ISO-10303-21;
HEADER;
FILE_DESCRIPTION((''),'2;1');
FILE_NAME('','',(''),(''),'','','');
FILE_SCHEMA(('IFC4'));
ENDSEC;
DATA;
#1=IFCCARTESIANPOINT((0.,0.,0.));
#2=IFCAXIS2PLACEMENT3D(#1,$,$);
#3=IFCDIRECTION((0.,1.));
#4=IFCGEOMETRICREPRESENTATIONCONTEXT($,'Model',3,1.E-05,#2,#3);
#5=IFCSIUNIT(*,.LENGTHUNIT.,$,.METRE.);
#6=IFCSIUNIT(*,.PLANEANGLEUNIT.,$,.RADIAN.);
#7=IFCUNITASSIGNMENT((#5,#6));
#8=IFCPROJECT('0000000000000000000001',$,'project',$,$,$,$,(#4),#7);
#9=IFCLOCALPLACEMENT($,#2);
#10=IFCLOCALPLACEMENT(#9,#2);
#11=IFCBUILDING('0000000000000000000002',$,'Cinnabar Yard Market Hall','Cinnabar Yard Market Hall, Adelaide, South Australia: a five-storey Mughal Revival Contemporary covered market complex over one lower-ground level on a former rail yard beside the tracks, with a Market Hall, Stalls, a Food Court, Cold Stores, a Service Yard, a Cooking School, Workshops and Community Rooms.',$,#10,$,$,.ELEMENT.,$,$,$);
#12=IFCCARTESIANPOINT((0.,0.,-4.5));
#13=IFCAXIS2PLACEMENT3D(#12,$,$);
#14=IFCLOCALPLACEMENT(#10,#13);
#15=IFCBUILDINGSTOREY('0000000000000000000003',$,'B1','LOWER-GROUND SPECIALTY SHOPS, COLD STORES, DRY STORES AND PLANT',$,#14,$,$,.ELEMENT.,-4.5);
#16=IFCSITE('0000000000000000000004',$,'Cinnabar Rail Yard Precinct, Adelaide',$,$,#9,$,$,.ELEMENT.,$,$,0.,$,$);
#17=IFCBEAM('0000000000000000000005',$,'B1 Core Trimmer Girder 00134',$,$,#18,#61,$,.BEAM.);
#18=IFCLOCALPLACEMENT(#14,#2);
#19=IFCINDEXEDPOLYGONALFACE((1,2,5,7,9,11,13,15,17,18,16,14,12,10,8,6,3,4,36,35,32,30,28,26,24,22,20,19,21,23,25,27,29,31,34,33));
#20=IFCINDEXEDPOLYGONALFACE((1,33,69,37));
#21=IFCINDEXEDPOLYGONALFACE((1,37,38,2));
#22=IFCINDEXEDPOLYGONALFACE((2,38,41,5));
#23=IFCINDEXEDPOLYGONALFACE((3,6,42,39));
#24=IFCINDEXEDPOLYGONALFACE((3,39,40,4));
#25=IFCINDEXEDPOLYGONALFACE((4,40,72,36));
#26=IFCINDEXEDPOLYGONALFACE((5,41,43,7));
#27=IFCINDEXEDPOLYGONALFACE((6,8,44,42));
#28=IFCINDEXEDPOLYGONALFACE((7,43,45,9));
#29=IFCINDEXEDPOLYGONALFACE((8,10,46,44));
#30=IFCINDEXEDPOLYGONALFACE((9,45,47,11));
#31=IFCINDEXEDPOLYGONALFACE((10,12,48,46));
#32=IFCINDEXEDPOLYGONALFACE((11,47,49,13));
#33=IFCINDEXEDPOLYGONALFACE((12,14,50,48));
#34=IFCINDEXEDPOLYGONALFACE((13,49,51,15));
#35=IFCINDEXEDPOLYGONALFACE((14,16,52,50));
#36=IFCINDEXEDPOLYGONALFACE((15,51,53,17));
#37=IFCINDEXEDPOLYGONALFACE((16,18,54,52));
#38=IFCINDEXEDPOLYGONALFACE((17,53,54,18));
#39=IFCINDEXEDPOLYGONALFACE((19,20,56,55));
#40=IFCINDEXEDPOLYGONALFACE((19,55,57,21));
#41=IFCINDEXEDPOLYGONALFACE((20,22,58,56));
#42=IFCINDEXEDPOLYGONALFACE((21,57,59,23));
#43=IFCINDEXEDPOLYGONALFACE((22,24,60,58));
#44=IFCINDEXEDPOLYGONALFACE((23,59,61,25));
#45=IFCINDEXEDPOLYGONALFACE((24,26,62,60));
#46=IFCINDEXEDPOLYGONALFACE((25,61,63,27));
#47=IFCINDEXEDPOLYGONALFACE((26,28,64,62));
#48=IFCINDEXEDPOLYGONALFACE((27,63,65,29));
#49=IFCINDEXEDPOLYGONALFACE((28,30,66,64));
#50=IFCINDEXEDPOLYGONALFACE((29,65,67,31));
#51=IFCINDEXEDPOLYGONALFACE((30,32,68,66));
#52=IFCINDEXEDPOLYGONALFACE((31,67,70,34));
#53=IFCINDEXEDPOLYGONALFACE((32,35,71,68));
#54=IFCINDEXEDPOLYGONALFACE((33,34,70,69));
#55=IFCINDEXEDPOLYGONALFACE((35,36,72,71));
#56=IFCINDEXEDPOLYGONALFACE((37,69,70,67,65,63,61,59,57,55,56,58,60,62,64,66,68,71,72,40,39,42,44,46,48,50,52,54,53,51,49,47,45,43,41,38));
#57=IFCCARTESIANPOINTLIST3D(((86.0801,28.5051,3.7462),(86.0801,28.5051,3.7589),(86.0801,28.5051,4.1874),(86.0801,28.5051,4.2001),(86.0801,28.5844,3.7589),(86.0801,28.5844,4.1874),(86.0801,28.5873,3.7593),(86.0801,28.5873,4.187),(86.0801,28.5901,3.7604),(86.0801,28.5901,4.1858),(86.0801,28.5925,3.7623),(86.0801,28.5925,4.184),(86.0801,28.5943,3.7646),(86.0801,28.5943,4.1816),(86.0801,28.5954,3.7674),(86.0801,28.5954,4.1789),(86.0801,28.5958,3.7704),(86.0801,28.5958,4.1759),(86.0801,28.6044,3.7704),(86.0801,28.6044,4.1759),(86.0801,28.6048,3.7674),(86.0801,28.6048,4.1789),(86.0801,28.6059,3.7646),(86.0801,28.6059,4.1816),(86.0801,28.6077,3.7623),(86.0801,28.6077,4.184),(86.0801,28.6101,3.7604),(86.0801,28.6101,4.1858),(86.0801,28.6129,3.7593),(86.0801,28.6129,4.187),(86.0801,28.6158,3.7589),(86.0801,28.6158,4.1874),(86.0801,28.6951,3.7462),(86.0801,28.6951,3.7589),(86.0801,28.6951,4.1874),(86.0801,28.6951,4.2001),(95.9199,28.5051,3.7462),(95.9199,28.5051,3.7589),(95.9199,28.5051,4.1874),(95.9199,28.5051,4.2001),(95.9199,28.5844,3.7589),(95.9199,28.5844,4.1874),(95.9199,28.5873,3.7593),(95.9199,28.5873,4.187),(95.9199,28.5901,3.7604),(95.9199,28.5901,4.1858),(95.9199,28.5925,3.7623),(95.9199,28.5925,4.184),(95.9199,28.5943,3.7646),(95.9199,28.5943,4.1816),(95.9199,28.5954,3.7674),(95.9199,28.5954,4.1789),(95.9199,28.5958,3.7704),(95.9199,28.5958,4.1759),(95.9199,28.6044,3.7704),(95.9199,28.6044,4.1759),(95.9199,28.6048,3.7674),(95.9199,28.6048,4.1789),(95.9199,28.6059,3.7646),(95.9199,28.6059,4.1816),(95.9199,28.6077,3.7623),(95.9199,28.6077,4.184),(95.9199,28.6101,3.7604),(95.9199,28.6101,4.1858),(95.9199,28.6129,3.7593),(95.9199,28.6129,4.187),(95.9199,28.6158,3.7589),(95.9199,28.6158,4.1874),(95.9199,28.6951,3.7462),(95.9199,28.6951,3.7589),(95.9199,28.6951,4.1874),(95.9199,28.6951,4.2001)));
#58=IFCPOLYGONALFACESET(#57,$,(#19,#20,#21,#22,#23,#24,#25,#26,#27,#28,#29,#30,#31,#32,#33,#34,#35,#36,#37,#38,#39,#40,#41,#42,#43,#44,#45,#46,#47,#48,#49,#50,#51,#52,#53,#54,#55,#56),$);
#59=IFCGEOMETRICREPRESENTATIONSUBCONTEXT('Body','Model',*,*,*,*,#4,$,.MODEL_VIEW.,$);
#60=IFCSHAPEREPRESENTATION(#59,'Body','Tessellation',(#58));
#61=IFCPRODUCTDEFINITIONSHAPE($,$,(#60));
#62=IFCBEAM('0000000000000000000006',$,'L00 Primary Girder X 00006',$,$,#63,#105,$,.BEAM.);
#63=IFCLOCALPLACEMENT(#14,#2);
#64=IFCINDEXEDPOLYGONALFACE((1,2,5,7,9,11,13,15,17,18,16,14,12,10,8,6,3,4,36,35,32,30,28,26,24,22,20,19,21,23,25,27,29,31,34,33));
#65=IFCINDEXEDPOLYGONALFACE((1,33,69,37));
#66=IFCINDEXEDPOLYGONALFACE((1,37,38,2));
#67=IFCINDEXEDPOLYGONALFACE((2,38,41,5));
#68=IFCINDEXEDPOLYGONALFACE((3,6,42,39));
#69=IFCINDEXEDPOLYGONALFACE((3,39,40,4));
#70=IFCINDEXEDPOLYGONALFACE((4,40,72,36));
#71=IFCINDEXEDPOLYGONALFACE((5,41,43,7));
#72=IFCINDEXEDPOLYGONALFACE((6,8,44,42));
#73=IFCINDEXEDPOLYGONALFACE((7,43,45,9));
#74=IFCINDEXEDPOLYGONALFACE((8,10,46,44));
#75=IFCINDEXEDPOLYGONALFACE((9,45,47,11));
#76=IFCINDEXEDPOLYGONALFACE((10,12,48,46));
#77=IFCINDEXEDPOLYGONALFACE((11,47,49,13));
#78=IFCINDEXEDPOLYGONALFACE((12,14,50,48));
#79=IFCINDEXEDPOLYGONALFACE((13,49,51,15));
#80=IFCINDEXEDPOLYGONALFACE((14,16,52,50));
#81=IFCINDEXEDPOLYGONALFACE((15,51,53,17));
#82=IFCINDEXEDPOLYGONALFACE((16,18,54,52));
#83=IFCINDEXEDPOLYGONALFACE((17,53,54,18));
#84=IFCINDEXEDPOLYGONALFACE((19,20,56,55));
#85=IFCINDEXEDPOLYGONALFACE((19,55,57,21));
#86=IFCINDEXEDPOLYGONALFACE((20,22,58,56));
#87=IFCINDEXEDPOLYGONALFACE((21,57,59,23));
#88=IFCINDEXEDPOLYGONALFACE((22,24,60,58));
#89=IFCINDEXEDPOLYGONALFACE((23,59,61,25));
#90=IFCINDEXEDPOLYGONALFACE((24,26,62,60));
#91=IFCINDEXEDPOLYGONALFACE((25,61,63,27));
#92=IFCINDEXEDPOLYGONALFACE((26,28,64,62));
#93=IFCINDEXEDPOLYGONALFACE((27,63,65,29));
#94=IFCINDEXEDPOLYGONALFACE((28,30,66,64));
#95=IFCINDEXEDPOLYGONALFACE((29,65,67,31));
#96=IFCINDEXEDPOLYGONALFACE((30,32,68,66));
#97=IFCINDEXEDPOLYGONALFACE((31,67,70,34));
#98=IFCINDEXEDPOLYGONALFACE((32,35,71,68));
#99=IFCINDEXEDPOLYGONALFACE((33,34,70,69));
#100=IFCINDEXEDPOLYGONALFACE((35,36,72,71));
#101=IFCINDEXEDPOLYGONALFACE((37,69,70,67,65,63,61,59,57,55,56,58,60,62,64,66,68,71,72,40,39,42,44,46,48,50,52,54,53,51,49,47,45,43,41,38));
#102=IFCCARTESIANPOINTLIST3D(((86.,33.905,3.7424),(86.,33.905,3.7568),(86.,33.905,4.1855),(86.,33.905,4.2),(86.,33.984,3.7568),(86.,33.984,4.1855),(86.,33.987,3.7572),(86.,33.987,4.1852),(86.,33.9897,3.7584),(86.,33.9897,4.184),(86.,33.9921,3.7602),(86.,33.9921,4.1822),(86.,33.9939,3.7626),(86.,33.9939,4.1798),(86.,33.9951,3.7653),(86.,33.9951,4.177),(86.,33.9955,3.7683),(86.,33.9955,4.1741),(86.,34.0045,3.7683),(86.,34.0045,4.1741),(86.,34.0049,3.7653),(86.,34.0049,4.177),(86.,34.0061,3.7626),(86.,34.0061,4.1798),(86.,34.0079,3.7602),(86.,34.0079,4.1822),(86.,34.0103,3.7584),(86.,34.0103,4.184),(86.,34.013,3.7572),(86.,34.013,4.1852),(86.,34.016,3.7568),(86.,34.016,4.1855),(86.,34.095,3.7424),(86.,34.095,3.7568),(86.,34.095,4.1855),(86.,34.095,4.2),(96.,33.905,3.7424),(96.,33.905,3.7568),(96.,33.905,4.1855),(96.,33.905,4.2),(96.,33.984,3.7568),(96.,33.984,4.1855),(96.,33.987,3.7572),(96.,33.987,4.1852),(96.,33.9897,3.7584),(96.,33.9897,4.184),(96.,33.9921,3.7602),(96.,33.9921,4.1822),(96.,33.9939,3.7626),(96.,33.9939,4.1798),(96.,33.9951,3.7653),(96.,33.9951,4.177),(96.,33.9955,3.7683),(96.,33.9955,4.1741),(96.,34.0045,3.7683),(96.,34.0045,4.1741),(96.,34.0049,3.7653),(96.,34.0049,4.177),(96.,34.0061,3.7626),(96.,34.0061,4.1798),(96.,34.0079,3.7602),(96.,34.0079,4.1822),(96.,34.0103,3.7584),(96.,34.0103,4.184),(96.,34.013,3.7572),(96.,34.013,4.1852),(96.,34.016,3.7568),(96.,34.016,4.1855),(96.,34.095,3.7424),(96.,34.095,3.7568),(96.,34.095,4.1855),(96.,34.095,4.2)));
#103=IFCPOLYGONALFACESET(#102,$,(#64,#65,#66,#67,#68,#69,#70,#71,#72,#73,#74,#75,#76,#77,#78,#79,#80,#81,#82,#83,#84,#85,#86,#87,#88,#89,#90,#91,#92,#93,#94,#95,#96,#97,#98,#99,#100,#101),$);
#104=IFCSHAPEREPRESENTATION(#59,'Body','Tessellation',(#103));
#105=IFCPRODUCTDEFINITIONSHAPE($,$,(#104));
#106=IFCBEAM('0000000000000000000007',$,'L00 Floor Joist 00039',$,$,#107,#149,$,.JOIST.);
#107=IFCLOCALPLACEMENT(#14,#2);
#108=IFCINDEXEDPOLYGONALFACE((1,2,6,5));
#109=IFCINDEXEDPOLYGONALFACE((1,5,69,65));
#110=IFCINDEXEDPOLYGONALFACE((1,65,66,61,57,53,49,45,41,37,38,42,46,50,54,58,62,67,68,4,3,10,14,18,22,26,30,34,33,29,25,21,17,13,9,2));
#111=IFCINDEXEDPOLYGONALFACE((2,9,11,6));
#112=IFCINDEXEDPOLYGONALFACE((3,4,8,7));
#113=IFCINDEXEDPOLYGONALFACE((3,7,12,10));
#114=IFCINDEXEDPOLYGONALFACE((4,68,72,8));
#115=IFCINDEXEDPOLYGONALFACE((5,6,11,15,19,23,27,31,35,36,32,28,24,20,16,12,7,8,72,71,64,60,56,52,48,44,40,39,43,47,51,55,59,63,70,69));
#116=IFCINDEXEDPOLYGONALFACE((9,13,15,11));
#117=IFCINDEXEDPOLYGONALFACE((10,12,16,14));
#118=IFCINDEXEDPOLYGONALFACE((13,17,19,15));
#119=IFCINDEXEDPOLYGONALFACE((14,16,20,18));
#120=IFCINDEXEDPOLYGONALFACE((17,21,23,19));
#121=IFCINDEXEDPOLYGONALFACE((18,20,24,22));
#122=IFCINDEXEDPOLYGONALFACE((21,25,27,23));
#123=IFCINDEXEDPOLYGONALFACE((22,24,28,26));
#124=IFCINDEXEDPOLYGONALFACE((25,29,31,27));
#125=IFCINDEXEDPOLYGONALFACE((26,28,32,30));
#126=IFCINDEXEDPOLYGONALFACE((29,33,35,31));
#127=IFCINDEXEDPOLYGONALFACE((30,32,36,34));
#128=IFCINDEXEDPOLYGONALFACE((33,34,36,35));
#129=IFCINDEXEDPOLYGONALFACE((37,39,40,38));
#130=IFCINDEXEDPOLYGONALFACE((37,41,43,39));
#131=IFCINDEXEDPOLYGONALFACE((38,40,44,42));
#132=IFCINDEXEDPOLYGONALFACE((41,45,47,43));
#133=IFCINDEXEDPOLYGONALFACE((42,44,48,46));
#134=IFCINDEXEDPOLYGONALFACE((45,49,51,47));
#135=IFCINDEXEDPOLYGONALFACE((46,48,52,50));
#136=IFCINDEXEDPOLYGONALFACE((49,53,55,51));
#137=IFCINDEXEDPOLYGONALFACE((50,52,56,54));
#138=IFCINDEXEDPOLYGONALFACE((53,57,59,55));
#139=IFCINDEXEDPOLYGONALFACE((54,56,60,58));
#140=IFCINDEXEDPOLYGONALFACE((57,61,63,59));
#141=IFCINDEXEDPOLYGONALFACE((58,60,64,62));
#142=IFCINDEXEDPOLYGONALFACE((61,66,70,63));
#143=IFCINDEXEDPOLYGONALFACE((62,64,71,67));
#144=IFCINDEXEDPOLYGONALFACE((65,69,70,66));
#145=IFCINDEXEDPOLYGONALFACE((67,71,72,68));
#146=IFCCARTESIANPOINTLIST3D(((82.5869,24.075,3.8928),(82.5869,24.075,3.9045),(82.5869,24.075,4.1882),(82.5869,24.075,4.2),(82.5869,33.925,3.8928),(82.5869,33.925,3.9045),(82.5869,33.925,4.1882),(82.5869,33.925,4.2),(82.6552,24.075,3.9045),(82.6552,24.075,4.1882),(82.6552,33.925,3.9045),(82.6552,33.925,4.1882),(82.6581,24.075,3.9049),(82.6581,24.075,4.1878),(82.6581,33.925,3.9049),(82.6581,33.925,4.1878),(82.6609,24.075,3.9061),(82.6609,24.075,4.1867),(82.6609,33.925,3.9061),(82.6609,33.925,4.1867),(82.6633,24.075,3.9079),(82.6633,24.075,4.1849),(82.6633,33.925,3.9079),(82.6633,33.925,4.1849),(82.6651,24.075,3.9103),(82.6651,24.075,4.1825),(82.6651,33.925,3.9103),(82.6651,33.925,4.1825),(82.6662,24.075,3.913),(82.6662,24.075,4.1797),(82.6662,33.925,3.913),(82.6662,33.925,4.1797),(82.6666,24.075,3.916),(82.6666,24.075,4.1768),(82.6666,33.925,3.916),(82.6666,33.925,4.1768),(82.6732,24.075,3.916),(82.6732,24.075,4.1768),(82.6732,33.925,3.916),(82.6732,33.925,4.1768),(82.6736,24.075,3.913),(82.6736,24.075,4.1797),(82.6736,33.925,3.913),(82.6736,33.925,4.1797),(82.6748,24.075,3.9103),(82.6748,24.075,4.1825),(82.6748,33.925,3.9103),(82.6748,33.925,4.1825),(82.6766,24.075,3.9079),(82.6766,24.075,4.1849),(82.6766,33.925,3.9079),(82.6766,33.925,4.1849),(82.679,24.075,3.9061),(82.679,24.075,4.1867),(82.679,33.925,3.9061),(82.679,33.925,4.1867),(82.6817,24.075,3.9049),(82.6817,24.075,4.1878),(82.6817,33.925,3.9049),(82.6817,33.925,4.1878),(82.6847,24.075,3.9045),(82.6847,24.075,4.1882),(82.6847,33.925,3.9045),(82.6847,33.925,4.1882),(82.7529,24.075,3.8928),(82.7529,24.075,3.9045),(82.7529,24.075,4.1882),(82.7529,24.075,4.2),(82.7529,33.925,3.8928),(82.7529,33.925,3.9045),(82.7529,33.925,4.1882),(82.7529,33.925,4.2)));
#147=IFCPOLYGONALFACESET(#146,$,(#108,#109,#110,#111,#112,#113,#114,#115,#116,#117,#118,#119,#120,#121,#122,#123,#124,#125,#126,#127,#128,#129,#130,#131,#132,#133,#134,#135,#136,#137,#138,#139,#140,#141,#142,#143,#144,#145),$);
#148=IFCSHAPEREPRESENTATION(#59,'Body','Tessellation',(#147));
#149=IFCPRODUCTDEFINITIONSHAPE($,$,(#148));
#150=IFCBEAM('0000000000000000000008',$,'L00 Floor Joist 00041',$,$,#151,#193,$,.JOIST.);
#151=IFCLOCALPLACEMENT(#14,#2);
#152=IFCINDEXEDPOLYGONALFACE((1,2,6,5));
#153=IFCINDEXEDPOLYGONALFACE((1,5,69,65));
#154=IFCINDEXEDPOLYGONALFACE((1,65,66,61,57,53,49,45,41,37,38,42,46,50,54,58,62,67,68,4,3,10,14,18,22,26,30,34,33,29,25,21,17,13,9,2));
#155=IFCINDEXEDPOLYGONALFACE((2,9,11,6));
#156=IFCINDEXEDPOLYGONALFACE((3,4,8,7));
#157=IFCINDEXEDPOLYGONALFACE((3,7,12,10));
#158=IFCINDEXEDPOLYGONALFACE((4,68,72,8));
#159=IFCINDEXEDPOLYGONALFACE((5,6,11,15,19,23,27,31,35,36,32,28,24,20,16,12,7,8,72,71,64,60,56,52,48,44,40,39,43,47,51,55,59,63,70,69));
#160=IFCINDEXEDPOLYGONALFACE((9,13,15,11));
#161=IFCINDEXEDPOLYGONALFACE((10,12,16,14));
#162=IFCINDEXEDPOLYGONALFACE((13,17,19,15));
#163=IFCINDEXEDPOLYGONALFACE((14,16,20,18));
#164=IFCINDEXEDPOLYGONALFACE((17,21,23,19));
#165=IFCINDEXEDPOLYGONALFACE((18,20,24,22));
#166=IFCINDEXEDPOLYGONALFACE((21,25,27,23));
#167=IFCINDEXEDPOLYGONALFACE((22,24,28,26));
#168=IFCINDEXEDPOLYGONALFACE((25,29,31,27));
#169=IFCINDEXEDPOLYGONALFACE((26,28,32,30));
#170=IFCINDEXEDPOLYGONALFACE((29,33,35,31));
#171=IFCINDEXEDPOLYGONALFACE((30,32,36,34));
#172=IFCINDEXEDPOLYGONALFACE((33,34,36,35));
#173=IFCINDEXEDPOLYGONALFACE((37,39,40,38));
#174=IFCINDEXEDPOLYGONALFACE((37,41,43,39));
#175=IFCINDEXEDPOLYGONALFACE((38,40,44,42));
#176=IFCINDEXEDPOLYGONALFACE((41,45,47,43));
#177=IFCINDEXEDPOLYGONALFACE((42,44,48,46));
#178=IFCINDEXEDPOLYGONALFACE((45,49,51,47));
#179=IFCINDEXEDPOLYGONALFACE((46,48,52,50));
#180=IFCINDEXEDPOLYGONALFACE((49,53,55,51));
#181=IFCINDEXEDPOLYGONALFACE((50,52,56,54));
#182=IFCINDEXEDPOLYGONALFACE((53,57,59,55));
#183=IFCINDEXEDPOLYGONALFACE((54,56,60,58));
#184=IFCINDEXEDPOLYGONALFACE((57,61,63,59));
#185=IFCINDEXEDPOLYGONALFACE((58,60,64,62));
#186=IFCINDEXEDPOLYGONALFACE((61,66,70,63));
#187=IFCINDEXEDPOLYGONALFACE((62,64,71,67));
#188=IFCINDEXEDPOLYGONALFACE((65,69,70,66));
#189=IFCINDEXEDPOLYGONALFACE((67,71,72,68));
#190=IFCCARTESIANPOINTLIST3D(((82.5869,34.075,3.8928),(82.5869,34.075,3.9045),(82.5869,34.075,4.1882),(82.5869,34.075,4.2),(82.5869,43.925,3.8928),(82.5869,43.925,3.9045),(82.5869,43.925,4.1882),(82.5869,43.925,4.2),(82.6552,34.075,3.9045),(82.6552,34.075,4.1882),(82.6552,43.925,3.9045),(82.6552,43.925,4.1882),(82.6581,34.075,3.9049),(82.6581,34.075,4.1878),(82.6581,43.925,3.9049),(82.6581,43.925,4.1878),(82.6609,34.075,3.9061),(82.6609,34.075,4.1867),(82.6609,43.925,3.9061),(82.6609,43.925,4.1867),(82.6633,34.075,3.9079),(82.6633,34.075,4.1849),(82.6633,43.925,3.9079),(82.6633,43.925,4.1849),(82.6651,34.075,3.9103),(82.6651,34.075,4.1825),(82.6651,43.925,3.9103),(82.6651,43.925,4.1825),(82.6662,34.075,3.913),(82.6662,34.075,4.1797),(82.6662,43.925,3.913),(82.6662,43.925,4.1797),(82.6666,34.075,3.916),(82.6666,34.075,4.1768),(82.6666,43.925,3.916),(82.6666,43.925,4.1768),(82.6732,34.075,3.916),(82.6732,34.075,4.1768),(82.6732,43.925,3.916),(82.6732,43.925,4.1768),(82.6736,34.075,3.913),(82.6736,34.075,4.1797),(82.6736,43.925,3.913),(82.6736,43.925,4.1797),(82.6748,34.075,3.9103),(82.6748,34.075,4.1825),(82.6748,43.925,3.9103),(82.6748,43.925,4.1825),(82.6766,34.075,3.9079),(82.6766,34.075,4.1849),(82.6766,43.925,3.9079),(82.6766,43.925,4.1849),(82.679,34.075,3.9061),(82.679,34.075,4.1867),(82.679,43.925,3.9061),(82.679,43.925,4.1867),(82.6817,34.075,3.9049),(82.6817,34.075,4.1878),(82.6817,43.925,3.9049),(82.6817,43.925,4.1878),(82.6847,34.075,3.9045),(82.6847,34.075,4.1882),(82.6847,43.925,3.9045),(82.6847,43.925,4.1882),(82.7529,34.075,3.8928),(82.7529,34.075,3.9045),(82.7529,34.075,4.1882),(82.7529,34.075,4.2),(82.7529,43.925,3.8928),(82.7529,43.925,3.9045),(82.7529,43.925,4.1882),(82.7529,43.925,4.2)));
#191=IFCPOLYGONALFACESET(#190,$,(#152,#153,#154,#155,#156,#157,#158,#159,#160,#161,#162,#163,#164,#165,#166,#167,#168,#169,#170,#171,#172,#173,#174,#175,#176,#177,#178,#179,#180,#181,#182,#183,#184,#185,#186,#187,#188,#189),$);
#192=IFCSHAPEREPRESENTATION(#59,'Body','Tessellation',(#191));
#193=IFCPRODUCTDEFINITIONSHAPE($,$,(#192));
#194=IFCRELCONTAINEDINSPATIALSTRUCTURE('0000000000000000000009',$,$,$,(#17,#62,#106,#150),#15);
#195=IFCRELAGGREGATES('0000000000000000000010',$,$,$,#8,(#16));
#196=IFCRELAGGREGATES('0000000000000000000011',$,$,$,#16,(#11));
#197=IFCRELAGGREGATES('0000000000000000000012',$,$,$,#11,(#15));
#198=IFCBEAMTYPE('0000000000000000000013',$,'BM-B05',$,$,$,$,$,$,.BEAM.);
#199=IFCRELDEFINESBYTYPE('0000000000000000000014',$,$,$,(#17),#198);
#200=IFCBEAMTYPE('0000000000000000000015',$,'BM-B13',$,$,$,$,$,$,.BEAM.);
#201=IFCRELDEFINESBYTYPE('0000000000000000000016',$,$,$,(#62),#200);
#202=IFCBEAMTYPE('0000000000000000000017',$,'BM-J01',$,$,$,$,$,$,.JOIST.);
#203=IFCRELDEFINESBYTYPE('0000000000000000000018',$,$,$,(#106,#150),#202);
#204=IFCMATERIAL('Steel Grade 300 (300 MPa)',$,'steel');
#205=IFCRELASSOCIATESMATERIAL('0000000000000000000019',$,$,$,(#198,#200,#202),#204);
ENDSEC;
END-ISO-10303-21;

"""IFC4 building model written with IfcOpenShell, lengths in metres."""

from ifc_helpers import new_model, si_unit, direction, frame, origin, origin_2d_with_axis, place, context, subcontext, project, spatial, i_section, extrude, material, material_profile, profile_set, type_object, element, save


model = new_model("IFC4")

# Units and contexts
model_context = context("Model", 3, precision=1e-05, world=origin(), true_north=direction((0.0, 1.0)))
body_context = subcontext(model_context, "Body", "Model", "MODEL_VIEW")
ifc_project = project(units=[si_unit("LENGTHUNIT", "METRE"), si_unit("PLANEANGLEUNIT", "RADIAN")], contexts=[model_context])

# Site, building, storey
site_placement = place(None, origin())
site = spatial("IfcSite", under=ifc_project, at=site_placement, Name="Cinnabar Rail Yard Precinct, Adelaide", CompositionType="ELEMENT", RefElevation=0.0)
building_placement = place(site_placement, origin())
building = spatial("IfcBuilding", under=site, at=building_placement, Name="Cinnabar Yard Market Hall", Description="Cinnabar Yard Market Hall, Adelaide, South Australia: a five-storey Mughal Revival Contemporary covered market complex over one lower-ground level on a former rail yard beside the tracks, with a Market Hall, Stalls, a Food Court, Cold Stores, a Service Yard, a Cooking School, Workshops and Community Rooms.", CompositionType="ELEMENT")
storey_placement = place(building_placement, frame((0.0, 0.0, -4.5)))
storey = spatial("IfcBuildingStorey", under=building, at=storey_placement, Name="B1", Description="LOWER-GROUND SPECIALTY SHOPS, COLD STORES, DRY STORES AND PLANT", CompositionType="ELEMENT", Elevation=-4.5)

# Beams
ifc_material_1 = material(Name="Steel Grade 300 (300 MPa)", Category="steel")
ifc_material_profile_1 = material_profile(ifc_material_1, i_section(OverallWidth=0.1899, OverallDepth=0.4539, WebThickness=0.0085, FlangeThickness=0.0127, FilletRadius=0.0115, at=origin_2d_with_axis()), Name="460UB67.1")
ifc_profile_set_1 = profile_set([ifc_material_profile_1], Name="Steel Grade 300 (300 MPa)")
beam_type_1 = type_object("IfcBeamType", Name="BM-B05", PredefinedType="BEAM", material=ifc_profile_set_1)
beam_1_placement = place(storey_placement, frame((86.0801, 28.6001, 3.9731), z_axis=(1.0, 0.0, 0.0), x_axis=(0.0, 1.0, 0.0)))
element("IfcBeam", 1, at=beam_1_placement, inside=storey, type_object=beam_type_1, Name="B1 Core Trimmer Girder 00134", PredefinedType="BEAM", context=body_context, shape_type="SweptSolid", body=[
    extrude(i_section(OverallWidth=0.1899, OverallDepth=0.4539, WebThickness=0.0085, FlangeThickness=0.0127, FilletRadius=0.0115, at=origin_2d_with_axis()), origin(), (0.0, 0.0, 1.0), 9.8398),
])
ifc_material_profile_2 = material_profile(ifc_material_1, i_section(OverallWidth=0.1899, OverallDepth=0.4575, WebThickness=0.009, FlangeThickness=0.0144, FilletRadius=0.0115, at=origin_2d_with_axis()), Name="460UB74.6")
ifc_profile_set_2 = profile_set([ifc_material_profile_2], Name="Steel Grade 300 (300 MPa)")
beam_type_2 = type_object("IfcBeamType", Name="BM-B13", PredefinedType="BEAM", material=ifc_profile_set_2)
beam_2_placement = place(storey_placement, frame((86.0, 34.0, 3.9712), z_axis=(1.0, 0.0, 0.0), x_axis=(0.0, 1.0, 0.0)))
element("IfcBeam", 2, at=beam_2_placement, inside=storey, type_object=beam_type_2, Name="L00 Primary Girder X 00006", PredefinedType="BEAM", context=body_context, shape_type="SweptSolid", body=[
    extrude(i_section(OverallWidth=0.1899, OverallDepth=0.4575, WebThickness=0.009, FlangeThickness=0.0144, FilletRadius=0.0115, at=origin_2d_with_axis()), origin(), (0.0, 0.0, 1.0), 10.0),
])
ifc_material_profile_3 = material_profile(ifc_material_1, i_section(OverallWidth=0.166, OverallDepth=0.3071, WebThickness=0.0066, FlangeThickness=0.0117, FilletRadius=0.0115, at=origin_2d_with_axis()), Name="310UB46.2")
ifc_profile_set_3 = profile_set([ifc_material_profile_3], Name="Steel Grade 300 (300 MPa)")
beam_type_3 = type_object("IfcBeamType", Name="BM-J01", PredefinedType="JOIST", material=ifc_profile_set_3)
for number, where, z_axis, x_axis, name in (
    (3, (82.6699, 24.075, 4.0464), (0.0, 1.0, 0.0), (-1.0, 0.0, 0.0), "L00 Floor Joist 00039"),
    (4, (82.6699, 34.075, 4.0464), (0.0, 1.0, 0.0), (-1.0, 0.0, 0.0), "L00 Floor Joist 00041"),
):
    element("IfcBeam", number, at=place(storey_placement, frame(where, z_axis=z_axis, x_axis=x_axis)), inside=storey, type_object=beam_type_3, Name=name, PredefinedType="JOIST", context=body_context, shape_type="SweptSolid", body=[
        extrude(i_section(OverallWidth=0.166, OverallDepth=0.3071, WebThickness=0.0066, FlangeThickness=0.0117, FilletRadius=0.0115, at=origin_2d_with_axis()), origin(), (0.0, 0.0, 1.0), 9.8501),
    ])

save(model, "model.ifc")
